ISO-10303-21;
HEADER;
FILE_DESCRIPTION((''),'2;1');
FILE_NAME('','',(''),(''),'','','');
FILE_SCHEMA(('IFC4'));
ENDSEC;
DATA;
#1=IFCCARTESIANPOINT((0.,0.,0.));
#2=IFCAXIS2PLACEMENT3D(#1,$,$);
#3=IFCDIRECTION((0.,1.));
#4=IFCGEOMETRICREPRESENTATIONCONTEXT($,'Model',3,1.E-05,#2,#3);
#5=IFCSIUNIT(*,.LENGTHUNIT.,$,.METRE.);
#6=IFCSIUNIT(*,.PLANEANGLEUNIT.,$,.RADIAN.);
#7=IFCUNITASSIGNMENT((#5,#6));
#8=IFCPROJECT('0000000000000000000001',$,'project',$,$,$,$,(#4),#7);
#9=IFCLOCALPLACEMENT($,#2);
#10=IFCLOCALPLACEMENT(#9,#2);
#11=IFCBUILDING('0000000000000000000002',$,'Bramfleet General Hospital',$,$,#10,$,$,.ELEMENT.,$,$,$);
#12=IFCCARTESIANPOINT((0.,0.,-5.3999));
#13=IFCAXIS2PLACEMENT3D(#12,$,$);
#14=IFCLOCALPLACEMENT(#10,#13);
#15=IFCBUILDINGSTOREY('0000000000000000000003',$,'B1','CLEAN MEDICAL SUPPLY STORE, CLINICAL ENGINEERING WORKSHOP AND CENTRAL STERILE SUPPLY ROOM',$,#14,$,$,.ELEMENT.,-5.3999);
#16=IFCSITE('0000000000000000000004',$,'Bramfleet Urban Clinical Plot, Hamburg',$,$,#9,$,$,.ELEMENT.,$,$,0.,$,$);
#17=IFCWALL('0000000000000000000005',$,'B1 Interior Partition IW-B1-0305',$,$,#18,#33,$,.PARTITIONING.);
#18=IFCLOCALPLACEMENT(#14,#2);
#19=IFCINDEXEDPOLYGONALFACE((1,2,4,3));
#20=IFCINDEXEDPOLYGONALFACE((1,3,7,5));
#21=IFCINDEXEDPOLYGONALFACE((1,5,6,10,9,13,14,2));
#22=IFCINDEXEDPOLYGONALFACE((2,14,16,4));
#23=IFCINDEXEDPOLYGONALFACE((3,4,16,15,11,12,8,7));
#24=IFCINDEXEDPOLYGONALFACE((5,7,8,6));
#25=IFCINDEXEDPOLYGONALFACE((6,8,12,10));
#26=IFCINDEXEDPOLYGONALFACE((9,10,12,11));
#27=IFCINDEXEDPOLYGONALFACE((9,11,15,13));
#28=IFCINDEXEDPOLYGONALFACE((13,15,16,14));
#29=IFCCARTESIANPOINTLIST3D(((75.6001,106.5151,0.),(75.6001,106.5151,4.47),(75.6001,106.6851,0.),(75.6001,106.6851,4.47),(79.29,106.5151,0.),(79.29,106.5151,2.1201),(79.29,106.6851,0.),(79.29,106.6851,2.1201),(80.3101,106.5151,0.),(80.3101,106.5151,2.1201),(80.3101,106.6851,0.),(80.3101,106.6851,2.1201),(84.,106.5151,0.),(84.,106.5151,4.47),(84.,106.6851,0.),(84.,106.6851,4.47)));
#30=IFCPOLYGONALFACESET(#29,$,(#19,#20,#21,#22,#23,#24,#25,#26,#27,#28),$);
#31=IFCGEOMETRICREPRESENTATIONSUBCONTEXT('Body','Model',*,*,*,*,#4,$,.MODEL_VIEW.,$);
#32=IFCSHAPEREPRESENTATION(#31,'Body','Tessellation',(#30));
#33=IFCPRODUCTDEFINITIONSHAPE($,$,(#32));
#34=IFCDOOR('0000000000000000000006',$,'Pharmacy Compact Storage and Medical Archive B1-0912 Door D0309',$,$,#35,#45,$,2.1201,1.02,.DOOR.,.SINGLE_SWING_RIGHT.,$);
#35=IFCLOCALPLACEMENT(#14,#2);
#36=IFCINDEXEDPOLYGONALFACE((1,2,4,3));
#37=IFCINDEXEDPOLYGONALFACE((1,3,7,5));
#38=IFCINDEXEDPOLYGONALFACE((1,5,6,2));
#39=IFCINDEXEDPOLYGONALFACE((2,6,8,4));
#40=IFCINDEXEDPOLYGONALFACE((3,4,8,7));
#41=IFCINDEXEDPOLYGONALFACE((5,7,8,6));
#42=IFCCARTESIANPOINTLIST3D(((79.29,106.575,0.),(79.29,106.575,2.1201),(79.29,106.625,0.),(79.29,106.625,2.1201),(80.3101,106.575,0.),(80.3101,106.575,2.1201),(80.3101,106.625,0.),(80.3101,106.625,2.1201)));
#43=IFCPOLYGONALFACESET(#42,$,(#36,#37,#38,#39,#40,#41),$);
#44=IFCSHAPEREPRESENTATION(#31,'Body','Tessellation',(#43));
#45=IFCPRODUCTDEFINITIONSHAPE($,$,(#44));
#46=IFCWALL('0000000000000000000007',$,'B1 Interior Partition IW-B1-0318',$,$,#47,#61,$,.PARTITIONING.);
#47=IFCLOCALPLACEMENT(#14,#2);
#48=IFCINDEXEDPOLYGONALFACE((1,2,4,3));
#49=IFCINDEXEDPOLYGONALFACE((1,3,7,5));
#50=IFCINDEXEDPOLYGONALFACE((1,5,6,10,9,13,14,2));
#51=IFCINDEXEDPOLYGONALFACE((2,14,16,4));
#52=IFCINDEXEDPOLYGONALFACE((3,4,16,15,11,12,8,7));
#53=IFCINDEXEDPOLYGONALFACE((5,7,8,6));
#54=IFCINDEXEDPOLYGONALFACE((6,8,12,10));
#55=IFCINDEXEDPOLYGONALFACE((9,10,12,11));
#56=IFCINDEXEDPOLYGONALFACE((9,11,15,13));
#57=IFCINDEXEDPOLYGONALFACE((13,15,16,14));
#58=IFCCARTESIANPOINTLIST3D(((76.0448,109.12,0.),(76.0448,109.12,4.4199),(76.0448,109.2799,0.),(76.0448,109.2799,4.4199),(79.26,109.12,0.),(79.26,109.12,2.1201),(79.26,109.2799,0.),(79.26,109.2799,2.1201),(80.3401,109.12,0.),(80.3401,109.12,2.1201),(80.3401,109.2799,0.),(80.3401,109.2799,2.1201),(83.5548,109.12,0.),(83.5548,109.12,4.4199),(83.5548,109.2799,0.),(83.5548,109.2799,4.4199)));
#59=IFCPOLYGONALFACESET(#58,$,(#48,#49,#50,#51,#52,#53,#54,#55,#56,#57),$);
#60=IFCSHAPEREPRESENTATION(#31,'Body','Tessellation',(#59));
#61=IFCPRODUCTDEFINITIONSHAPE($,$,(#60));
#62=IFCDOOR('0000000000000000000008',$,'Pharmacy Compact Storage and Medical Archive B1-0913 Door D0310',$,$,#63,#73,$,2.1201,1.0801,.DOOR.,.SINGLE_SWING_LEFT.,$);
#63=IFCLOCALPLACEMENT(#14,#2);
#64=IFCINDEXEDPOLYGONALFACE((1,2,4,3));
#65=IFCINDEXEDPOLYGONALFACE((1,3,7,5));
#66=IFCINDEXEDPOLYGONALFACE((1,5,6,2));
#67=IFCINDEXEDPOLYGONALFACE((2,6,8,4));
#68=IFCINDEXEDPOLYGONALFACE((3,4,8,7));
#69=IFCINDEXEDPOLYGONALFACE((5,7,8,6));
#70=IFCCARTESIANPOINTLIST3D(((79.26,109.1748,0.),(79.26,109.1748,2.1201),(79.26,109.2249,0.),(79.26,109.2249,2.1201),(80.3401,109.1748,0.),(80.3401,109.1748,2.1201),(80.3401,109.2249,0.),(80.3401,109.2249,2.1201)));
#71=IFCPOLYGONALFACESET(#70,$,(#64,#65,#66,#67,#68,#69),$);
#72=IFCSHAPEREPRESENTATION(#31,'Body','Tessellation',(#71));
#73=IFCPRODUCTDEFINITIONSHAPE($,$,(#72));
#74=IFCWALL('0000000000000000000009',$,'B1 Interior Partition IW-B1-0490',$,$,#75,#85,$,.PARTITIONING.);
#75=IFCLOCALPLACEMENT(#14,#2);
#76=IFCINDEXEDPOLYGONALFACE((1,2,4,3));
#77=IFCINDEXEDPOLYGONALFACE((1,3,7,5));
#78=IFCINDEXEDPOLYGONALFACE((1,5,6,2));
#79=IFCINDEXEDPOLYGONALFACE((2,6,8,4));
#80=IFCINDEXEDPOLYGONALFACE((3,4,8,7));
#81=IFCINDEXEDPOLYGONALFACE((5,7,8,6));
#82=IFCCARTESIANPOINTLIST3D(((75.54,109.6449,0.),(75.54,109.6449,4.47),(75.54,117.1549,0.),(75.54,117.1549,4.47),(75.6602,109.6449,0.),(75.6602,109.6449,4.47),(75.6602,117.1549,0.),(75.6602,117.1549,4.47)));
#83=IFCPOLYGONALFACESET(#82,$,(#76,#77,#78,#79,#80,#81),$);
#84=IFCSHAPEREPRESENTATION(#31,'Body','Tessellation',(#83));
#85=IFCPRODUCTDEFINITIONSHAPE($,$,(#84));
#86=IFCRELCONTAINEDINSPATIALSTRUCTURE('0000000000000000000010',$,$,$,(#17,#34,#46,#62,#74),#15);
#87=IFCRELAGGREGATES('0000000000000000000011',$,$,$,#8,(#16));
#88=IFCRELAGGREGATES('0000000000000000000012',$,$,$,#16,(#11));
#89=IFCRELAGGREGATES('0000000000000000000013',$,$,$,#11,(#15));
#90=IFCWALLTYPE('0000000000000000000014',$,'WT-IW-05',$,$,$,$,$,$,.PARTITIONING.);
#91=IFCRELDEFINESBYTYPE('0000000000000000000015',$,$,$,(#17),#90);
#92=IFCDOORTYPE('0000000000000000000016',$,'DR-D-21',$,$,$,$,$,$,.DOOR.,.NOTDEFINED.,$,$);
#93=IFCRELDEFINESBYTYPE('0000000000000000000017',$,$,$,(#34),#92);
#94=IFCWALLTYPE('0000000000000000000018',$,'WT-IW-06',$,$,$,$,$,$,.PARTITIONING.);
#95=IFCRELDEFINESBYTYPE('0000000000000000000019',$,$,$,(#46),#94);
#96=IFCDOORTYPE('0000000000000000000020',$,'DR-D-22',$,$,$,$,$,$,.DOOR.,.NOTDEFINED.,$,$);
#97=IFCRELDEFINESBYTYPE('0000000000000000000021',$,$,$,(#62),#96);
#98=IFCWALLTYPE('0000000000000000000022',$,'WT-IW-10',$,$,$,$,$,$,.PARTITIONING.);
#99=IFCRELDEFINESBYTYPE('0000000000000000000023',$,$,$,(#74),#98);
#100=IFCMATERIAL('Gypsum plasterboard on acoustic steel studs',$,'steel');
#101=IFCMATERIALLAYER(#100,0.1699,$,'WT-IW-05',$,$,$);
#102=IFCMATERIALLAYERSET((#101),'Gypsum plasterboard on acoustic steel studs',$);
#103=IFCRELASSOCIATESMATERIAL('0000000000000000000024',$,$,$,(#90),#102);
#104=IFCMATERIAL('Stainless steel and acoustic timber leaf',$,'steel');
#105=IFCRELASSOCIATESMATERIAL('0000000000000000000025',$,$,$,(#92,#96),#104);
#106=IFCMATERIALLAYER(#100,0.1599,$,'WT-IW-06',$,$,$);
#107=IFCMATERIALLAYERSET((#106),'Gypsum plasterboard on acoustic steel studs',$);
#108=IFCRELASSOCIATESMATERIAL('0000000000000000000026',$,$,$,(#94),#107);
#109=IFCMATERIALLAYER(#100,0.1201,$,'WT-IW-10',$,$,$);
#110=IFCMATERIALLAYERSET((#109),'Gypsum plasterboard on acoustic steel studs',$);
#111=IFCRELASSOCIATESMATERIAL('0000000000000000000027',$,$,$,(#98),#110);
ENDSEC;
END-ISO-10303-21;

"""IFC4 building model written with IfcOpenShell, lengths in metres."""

from ifc_helpers import new_model, si_unit, direction, frame, frame_2d, origin, place, context, subcontext, project, spatial, rectangle, extrude, material, layer, layer_set, type_object, element, fill, save


model = new_model("IFC4")

# Units and contexts
model_context = context("Model", 3, precision=1e-05, world=origin(), true_north=direction((0.0, 1.0)))
body_context = subcontext(model_context, "Body", "Model", "MODEL_VIEW")
ifc_project = project(units=[si_unit("LENGTHUNIT", "METRE"), si_unit("PLANEANGLEUNIT", "RADIAN")], contexts=[model_context])

# Site, building, storey
site_placement = place(None, origin())
site = spatial("IfcSite", under=ifc_project, at=site_placement, Name="Bramfleet Urban Clinical Plot, Hamburg", CompositionType="ELEMENT", RefElevation=0.0)
building_placement = place(site_placement, origin())
building = spatial("IfcBuilding", under=site, at=building_placement, Name="Bramfleet General Hospital", CompositionType="ELEMENT")
storey_placement = place(building_placement, frame((0.0, 0.0, -5.3999)))
storey = spatial("IfcBuildingStorey", under=building, at=storey_placement, Name="B1", Description="CLEAN MEDICAL SUPPLY STORE, CLINICAL ENGINEERING WORKSHOP AND CENTRAL STERILE SUPPLY ROOM", CompositionType="ELEMENT", Elevation=-5.3999)

# Walls, openings, doors
ifc_material_1 = material(Name="Gypsum plasterboard on acoustic steel studs", Category="steel")
ifc_layer_1 = layer(ifc_material_1, 0.1699, Name="WT-IW-05")
ifc_layer_set_1 = layer_set([ifc_layer_1], Name="Gypsum plasterboard on acoustic steel studs")
wall_type_1 = type_object("IfcWallType", Name="WT-IW-05", PredefinedType="PARTITIONING", material=ifc_layer_set_1)
wall_1_placement = place(storey_placement, frame((75.6001, 106.6001, 0.0), z_axis=(0.0, 0.0, 1.0), x_axis=(1.0, 0.0, 0.0)))
wall_1 = element("IfcWall", 1, at=wall_1_placement, inside=storey, type_object=wall_type_1, Name="B1 Interior Partition IW-B1-0305", PredefinedType="PARTITIONING", context=body_context, shape_type="SweptSolid", body=[
    extrude(rectangle(XDim=8.3999, YDim=0.1699, at=frame_2d((4.2, 0.0))), origin(), (0.0, 0.0, 1.0), 4.47),
])
opening_1_placement = place(wall_1_placement, frame((3.6899, 0.0, 0.0)))
opening_1 = element("IfcOpeningElement", 2, at=opening_1_placement, cuts=wall_1, PredefinedType="OPENING", context=body_context, shape_type="SweptSolid", body=[
    extrude(rectangle(XDim=1.02, YDim=2.1201, at=frame_2d((0.51, 1.0601))), frame((0.0, 0.095, 0.0), z_axis=(0.0, -1.0, 0.0), x_axis=(1.0, 0.0, 0.0)), (0.0, 0.0, 1.0), 0.1899),
])
ifc_material_2 = material(Name="Stainless steel and acoustic timber leaf", Category="steel")
door_type_1 = type_object("IfcDoorType", Name="DR-D-21", OperationType="NOTDEFINED", PredefinedType="DOOR", material=ifc_material_2)
door_1_placement = place(opening_1_placement, origin())
door_1 = element("IfcDoor", 3, at=door_1_placement, inside=storey, type_object=door_type_1, Name="Pharmacy Compact Storage and Medical Archive B1-0912 Door D0309", OperationType="SINGLE_SWING_RIGHT", OverallHeight=2.1201, OverallWidth=1.02, PredefinedType="DOOR", context=body_context, shape_type="SweptSolid", body=[
    extrude(rectangle(XDim=1.02, YDim=2.1201, at=frame_2d((0.51, 1.0601))), frame((0.0, 0.0249, 0.0), z_axis=(0.0, -1.0, 0.0), x_axis=(1.0, 0.0, 0.0)), (0.0, 0.0, 1.0), 0.05),
])
fill(opening_1, door_1)
ifc_layer_2 = layer(ifc_material_1, 0.1599, Name="WT-IW-06")
ifc_layer_set_2 = layer_set([ifc_layer_2], Name="Gypsum plasterboard on acoustic steel studs")
wall_type_2 = type_object("IfcWallType", Name="WT-IW-06", PredefinedType="PARTITIONING", material=ifc_layer_set_2)
wall_2_placement = place(storey_placement, frame((76.0449, 109.2, 0.0), z_axis=(0.0, 0.0, 1.0), x_axis=(1.0, 0.0, 0.0)))
wall_2 = element("IfcWall", 4, at=wall_2_placement, inside=storey, type_object=wall_type_2, Name="B1 Interior Partition IW-B1-0318", PredefinedType="PARTITIONING", context=body_context, shape_type="SweptSolid", body=[
    extrude(rectangle(XDim=7.51, YDim=0.1599, at=frame_2d((3.7549, 0.0))), origin(), (0.0, 0.0, 1.0), 4.4199),
])
opening_2_placement = place(wall_2_placement, frame((3.2151, 0.0, 0.0)))
opening_2 = element("IfcOpeningElement", 5, at=opening_2_placement, cuts=wall_2, PredefinedType="OPENING", context=body_context, shape_type="SweptSolid", body=[
    extrude(rectangle(XDim=1.0801, YDim=2.1201, at=frame_2d((0.54, 1.0601))), frame((0.0, 0.0898, 0.0), z_axis=(0.0, -1.0, 0.0), x_axis=(1.0, 0.0, 0.0)), (0.0, 0.0, 1.0), 0.1799),
])
door_type_2 = type_object("IfcDoorType", Name="DR-D-22", OperationType="NOTDEFINED", PredefinedType="DOOR", material=ifc_material_2)
door_2_placement = place(opening_2_placement, origin())
door_2 = element("IfcDoor", 6, at=door_2_placement, inside=storey, type_object=door_type_2, Name="Pharmacy Compact Storage and Medical Archive B1-0913 Door D0310", OperationType="SINGLE_SWING_LEFT", OverallHeight=2.1201, OverallWidth=1.0801, PredefinedType="DOOR", context=body_context, shape_type="SweptSolid", body=[
    extrude(rectangle(XDim=1.0801, YDim=2.1201, at=frame_2d((0.54, 1.0601))), frame((0.0, 0.0249, 0.0), z_axis=(0.0, -1.0, 0.0), x_axis=(1.0, 0.0, 0.0)), (0.0, 0.0, 1.0), 0.05),
])
fill(opening_2, door_2)

# Wall
ifc_layer_3 = layer(ifc_material_1, 0.1201, Name="WT-IW-10")
ifc_layer_set_3 = layer_set([ifc_layer_3], Name="Gypsum plasterboard on acoustic steel studs")
wall_type_3 = type_object("IfcWallType", Name="WT-IW-10", PredefinedType="PARTITIONING", material=ifc_layer_set_3)
wall_3_placement = place(storey_placement, frame((75.6001, 109.645, 0.0), z_axis=(0.0, 0.0, 1.0), x_axis=(0.0, 1.0, 0.0)))
element("IfcWall", 7, at=wall_3_placement, inside=storey, type_object=wall_type_3, Name="B1 Interior Partition IW-B1-0490", PredefinedType="PARTITIONING", context=body_context, shape_type="SweptSolid", body=[
    extrude(rectangle(XDim=7.51, YDim=0.1201, at=frame_2d((3.7549, 0.0))), origin(), (0.0, 0.0, 1.0), 4.47),
])

save(model, "model.ifc")
